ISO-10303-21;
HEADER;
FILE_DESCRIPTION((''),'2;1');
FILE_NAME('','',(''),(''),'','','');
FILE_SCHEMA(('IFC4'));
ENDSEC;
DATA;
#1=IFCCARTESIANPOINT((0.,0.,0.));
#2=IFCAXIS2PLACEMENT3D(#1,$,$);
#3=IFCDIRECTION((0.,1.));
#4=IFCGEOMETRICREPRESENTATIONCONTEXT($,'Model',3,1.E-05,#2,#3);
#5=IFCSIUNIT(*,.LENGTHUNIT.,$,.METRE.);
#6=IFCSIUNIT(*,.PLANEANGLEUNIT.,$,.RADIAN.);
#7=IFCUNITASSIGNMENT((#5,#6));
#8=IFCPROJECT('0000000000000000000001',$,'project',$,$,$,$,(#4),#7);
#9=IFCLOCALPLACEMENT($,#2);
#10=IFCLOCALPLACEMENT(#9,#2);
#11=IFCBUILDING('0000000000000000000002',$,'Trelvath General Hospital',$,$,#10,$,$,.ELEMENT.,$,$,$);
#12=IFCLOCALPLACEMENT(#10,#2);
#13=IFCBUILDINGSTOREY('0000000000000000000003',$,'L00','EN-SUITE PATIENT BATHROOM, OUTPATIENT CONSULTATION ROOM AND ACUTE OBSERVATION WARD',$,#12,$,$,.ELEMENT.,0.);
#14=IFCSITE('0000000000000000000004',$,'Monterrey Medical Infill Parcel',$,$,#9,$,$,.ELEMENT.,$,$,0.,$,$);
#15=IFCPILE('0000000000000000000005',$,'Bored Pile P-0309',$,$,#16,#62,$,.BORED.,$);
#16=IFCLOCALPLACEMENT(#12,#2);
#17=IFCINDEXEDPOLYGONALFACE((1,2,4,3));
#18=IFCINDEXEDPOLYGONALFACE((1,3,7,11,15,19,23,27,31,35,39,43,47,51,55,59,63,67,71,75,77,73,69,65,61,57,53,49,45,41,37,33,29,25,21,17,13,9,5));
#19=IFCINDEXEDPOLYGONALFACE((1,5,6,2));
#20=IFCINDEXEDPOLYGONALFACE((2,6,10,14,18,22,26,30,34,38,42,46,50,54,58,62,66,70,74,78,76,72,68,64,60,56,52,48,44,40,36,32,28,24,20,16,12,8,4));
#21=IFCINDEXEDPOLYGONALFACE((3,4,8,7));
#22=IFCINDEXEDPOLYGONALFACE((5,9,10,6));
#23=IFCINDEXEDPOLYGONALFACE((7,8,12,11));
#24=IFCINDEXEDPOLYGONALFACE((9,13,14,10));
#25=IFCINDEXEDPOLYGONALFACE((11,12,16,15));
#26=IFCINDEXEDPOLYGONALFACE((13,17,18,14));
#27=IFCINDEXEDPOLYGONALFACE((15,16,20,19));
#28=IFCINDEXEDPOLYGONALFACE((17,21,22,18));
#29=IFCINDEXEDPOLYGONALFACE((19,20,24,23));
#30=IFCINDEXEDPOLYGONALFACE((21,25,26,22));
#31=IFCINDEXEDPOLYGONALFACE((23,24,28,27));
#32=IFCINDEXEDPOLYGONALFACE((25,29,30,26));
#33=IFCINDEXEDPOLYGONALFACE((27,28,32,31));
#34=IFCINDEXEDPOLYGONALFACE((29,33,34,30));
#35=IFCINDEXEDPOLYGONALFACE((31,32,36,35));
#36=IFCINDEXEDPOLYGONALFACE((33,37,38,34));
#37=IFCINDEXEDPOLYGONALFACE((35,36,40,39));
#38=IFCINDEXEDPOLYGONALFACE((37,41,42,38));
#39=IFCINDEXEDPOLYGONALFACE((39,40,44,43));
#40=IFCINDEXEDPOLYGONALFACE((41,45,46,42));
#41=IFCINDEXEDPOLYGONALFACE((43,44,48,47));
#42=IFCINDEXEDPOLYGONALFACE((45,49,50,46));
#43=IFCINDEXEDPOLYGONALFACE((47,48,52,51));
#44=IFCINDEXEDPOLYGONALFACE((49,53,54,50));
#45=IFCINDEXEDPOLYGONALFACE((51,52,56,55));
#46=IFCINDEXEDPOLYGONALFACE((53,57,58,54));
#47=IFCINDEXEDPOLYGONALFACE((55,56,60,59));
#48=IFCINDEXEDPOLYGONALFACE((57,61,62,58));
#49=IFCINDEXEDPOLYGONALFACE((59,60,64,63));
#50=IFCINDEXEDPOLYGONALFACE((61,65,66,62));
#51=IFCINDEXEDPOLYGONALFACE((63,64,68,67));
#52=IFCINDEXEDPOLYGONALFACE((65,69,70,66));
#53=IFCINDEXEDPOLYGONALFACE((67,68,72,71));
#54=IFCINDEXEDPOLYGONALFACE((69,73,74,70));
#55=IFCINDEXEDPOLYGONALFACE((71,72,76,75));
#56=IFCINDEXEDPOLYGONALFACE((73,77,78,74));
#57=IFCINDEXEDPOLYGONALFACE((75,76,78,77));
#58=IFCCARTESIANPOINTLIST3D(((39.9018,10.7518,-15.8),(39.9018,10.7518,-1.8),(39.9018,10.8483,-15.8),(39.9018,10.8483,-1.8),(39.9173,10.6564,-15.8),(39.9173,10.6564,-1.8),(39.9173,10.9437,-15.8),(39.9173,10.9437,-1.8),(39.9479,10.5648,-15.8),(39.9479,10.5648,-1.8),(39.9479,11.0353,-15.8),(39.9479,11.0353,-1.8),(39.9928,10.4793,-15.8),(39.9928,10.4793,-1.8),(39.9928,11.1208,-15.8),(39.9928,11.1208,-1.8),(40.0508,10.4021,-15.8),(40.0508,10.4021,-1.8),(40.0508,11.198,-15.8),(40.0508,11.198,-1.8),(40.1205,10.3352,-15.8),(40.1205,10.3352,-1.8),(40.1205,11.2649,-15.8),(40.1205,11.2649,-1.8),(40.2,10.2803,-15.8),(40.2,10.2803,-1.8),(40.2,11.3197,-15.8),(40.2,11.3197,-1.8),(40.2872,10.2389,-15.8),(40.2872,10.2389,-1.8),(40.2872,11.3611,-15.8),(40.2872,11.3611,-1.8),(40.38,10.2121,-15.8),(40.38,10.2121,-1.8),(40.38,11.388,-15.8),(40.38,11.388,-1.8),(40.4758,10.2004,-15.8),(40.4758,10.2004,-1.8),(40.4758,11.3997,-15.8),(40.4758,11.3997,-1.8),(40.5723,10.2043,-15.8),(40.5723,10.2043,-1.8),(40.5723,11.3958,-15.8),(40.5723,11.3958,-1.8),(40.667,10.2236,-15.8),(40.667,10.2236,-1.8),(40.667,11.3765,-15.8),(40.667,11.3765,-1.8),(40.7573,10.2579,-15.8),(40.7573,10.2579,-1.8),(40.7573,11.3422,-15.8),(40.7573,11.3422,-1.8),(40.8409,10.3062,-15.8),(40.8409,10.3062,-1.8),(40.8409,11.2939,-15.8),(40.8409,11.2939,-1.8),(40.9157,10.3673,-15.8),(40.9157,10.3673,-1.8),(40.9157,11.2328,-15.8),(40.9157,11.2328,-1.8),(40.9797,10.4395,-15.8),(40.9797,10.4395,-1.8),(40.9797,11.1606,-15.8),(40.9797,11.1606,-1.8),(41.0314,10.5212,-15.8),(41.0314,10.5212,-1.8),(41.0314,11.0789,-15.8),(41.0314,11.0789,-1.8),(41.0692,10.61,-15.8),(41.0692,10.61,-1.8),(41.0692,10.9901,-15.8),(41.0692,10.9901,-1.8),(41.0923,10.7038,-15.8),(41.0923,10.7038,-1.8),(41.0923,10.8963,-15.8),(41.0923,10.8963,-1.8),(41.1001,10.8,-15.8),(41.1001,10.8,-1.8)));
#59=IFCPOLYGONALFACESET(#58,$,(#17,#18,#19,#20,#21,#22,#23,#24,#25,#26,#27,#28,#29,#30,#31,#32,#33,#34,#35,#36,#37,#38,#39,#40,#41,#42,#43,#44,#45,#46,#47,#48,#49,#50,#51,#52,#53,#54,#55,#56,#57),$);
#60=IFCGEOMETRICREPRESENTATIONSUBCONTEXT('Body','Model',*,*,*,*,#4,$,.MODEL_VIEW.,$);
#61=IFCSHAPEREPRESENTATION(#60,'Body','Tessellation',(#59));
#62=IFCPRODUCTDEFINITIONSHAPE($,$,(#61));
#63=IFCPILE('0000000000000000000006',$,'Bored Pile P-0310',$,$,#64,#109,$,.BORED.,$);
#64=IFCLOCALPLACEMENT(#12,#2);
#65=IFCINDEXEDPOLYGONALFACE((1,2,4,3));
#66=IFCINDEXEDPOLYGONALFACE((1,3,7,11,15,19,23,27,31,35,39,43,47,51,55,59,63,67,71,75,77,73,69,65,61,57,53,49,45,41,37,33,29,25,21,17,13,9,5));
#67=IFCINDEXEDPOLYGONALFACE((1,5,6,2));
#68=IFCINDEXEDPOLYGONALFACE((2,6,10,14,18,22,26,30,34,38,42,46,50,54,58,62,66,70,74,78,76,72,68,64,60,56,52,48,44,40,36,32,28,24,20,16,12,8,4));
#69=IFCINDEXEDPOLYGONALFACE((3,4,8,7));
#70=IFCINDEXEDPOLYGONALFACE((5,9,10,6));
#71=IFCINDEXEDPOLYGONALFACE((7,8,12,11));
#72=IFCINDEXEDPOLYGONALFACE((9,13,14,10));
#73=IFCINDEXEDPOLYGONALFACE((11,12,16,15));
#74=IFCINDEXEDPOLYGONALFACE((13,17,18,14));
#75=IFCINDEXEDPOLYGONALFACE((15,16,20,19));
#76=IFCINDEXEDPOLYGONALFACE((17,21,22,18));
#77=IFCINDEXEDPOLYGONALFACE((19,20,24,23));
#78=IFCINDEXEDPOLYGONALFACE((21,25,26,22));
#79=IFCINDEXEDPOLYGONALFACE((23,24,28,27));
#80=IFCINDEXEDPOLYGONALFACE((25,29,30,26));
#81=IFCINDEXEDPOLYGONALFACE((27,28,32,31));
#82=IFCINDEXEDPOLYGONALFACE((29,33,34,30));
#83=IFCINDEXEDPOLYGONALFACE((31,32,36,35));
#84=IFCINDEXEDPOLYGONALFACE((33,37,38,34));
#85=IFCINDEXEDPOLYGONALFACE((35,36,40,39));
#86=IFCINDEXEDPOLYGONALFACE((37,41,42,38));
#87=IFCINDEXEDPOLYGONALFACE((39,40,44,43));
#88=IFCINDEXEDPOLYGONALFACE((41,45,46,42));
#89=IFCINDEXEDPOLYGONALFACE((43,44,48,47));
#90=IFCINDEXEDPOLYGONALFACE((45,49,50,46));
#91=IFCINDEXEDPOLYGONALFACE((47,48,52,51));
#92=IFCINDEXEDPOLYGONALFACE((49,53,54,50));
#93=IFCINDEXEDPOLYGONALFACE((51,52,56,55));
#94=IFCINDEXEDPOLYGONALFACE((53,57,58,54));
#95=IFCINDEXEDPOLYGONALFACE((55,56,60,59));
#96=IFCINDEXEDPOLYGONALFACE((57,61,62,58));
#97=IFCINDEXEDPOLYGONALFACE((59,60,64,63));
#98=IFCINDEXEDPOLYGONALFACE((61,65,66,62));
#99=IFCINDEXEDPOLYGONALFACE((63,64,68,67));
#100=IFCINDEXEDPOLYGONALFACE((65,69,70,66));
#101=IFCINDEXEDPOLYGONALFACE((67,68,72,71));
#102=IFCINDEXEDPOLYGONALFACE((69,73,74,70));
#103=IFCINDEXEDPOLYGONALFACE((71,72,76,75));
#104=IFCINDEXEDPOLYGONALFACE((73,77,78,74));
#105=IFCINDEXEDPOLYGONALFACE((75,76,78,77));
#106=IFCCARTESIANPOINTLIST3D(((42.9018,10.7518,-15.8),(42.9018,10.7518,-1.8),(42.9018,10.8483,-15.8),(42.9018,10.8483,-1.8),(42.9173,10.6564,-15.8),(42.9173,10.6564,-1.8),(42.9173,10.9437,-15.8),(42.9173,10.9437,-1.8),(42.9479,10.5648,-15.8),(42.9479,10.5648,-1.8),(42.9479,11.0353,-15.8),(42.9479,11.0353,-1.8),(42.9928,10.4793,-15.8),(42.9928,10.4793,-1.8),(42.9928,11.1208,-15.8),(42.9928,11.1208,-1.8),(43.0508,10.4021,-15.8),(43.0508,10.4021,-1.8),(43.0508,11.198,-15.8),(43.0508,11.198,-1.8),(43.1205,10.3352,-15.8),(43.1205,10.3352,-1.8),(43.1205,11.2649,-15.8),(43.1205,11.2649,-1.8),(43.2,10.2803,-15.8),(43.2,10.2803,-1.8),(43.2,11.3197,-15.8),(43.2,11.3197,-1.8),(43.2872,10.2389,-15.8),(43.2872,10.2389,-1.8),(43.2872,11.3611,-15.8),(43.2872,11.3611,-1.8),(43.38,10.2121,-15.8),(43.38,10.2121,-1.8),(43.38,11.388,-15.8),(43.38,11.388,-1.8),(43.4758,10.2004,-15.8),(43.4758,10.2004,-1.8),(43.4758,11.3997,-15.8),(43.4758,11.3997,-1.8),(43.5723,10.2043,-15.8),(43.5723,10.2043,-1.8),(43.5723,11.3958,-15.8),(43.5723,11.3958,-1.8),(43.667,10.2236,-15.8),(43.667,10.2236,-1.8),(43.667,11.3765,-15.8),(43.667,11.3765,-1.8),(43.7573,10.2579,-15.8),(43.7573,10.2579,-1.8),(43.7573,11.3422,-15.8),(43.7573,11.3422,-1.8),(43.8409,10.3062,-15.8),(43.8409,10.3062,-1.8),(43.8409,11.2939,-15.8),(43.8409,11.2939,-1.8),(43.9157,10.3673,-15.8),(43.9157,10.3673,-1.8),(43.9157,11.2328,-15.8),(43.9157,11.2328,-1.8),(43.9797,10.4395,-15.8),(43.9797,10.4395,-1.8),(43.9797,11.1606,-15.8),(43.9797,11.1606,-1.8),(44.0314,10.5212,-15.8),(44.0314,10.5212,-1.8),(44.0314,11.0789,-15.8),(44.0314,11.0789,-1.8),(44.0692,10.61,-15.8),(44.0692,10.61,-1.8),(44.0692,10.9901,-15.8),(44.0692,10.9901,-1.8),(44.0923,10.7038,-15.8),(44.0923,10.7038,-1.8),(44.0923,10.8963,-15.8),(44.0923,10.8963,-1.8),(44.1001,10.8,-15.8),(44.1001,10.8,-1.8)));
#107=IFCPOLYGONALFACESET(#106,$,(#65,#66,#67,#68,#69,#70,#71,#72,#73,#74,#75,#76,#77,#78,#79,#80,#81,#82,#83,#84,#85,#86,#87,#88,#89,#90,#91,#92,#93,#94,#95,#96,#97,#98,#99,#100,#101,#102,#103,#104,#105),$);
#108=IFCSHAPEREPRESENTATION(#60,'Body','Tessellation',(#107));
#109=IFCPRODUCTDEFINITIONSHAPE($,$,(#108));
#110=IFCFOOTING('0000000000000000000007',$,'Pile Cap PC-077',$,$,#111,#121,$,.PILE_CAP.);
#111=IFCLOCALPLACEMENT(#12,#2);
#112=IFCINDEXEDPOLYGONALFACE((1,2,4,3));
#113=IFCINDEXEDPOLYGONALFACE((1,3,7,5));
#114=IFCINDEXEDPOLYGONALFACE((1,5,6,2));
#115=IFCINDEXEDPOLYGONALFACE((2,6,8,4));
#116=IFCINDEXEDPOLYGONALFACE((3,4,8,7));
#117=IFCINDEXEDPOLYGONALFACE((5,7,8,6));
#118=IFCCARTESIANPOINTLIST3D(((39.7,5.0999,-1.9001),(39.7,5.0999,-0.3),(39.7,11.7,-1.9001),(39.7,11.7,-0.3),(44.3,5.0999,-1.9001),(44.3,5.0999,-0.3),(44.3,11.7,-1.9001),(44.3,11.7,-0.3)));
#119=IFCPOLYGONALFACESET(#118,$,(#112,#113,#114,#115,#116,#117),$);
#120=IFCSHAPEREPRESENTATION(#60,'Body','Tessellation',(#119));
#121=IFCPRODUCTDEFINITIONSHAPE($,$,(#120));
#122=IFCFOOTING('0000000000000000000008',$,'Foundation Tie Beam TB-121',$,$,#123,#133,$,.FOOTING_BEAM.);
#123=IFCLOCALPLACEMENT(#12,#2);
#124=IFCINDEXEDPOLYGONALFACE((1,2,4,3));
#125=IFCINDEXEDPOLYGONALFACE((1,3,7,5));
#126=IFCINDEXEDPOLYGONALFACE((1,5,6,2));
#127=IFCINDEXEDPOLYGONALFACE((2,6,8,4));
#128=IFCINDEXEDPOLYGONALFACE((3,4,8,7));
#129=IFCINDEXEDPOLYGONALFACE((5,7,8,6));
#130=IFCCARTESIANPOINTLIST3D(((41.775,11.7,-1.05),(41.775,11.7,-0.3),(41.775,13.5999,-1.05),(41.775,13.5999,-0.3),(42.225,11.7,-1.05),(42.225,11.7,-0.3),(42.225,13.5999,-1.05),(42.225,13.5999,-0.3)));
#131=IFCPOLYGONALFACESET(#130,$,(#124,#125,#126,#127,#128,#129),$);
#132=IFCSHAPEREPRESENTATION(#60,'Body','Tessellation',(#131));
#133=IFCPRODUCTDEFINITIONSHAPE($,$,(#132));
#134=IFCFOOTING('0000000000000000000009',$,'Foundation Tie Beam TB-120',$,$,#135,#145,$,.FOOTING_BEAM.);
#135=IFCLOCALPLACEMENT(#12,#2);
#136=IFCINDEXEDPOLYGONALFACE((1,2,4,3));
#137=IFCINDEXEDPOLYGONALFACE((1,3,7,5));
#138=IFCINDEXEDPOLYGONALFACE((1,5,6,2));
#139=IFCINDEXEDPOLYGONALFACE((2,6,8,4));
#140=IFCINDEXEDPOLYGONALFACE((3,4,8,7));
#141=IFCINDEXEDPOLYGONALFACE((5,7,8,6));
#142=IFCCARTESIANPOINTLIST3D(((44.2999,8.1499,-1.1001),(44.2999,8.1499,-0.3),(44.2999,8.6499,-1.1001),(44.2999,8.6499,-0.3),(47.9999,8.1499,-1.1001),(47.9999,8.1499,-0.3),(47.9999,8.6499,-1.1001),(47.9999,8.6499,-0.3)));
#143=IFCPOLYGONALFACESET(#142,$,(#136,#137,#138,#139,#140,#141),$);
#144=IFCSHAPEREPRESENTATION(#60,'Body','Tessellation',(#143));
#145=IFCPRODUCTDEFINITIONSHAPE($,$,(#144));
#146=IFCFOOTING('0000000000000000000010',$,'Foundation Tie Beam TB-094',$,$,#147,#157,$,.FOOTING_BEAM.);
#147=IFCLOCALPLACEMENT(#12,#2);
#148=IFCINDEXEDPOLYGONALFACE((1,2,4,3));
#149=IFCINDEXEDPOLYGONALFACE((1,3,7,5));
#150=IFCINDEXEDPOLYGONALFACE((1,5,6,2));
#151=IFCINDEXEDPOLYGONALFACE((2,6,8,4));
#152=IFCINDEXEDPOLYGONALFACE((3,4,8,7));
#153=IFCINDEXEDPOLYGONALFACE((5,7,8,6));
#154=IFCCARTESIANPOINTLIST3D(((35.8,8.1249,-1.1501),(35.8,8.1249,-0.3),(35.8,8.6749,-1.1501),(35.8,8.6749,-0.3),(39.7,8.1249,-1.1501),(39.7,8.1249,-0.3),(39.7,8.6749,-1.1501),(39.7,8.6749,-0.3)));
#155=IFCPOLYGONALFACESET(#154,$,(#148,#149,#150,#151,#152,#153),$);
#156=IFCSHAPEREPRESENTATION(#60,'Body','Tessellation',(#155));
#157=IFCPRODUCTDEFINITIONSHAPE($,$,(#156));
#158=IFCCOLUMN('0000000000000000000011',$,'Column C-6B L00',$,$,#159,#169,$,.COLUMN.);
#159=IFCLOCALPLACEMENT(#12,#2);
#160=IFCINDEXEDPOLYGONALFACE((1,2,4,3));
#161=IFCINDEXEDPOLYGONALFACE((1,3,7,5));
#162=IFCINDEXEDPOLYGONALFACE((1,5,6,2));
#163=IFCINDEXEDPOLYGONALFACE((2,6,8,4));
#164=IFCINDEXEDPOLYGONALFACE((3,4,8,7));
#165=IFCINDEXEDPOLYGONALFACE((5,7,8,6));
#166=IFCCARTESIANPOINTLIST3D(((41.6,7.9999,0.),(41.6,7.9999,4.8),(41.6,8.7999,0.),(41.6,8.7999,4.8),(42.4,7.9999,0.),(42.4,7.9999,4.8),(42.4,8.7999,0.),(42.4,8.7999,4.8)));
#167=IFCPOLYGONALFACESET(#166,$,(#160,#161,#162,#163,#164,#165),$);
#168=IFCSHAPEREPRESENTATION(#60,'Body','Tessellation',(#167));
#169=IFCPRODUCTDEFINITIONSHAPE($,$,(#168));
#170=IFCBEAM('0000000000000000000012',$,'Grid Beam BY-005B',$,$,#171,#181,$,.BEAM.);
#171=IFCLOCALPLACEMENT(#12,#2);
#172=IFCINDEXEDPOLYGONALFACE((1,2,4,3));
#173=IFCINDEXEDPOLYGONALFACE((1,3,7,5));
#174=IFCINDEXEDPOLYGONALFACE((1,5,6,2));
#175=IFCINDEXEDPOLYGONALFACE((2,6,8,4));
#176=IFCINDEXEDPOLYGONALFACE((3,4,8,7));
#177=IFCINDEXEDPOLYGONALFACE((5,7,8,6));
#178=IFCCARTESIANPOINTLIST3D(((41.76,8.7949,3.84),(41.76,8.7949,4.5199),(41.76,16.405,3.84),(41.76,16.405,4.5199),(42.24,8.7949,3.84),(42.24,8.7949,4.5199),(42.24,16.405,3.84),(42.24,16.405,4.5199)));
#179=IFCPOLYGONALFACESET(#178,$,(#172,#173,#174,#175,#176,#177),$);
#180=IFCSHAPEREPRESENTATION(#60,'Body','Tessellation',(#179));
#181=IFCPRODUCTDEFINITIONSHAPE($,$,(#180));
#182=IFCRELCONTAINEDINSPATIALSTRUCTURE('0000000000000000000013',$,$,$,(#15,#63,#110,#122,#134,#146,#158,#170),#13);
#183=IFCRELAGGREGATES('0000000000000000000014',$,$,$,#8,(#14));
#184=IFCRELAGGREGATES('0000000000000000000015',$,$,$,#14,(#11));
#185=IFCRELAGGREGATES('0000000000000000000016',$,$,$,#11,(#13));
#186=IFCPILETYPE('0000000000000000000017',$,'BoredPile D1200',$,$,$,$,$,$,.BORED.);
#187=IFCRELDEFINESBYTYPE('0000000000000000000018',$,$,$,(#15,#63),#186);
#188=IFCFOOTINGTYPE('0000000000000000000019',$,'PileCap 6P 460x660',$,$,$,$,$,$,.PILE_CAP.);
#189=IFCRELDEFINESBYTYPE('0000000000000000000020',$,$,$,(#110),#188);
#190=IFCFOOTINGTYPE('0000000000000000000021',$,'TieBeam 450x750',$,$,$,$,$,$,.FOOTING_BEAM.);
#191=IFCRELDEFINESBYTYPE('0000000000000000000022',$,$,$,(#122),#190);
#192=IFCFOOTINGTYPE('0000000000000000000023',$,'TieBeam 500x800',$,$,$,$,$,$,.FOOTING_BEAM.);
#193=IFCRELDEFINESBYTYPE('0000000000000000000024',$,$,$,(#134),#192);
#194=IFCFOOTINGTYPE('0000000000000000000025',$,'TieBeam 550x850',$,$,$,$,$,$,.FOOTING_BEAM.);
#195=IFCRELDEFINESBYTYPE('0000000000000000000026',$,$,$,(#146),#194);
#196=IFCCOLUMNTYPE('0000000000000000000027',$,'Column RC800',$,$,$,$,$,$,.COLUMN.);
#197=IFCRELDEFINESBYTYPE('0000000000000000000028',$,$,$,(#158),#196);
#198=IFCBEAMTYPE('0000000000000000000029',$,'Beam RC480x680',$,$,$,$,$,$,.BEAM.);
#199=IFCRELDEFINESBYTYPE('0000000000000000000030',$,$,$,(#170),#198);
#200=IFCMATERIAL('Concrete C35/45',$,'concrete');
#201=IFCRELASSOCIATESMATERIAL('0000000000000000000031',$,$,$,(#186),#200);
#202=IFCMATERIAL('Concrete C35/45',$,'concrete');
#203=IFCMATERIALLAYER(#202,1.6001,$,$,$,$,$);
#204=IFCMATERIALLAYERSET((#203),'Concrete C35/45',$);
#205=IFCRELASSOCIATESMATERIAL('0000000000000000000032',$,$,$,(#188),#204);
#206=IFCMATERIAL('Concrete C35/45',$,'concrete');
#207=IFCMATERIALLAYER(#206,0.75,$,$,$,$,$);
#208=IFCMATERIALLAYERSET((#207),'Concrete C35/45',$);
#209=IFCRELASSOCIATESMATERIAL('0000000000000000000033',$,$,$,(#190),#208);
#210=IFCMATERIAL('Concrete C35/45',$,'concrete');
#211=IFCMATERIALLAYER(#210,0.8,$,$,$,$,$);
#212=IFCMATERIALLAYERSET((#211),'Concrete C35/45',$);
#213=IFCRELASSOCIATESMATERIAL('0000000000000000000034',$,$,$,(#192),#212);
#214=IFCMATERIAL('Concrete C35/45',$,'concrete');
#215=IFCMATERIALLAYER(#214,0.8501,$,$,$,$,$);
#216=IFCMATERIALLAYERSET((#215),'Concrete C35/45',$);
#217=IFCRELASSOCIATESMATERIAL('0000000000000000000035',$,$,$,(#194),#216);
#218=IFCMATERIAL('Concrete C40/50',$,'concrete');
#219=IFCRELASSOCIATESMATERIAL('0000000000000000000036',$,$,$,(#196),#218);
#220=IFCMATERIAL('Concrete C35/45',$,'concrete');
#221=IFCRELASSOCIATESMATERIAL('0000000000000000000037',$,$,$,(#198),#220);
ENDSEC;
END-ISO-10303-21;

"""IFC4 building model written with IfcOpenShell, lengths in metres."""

from ifc_helpers import new_model, si_unit, direction, frame, origin, origin_2d, place, context, subcontext, project, spatial, rectangle, circle, extrude, material, layer, layer_set, material_profile, profile_set, type_object, element, save


model = new_model("IFC4")

# Units and contexts
model_context = context("Model", 3, precision=1e-05, world=origin(), true_north=direction((0.0, 1.0)))
body_context = subcontext(model_context, "Body", "Model", "MODEL_VIEW")
ifc_project = project(units=[si_unit("LENGTHUNIT", "METRE"), si_unit("PLANEANGLEUNIT", "RADIAN")], contexts=[model_context])

# Site, building, storey
site_placement = place(None, origin())
site = spatial("IfcSite", under=ifc_project, at=site_placement, Name="Monterrey Medical Infill Parcel", CompositionType="ELEMENT", RefElevation=0.0)
building_placement = place(site_placement, origin())
building = spatial("IfcBuilding", under=site, at=building_placement, Name="Trelvath General Hospital", CompositionType="ELEMENT")
storey_placement = place(building_placement, origin())
storey = spatial("IfcBuildingStorey", under=building, at=storey_placement, Name="L00", Description="EN-SUITE PATIENT BATHROOM, OUTPATIENT CONSULTATION ROOM AND ACUTE OBSERVATION WARD", CompositionType="ELEMENT", Elevation=0.0)

# Piles
ifc_material_1 = material(Name="Concrete C35/45", Category="concrete")
ifc_material_profile_1 = material_profile(ifc_material_1, circle(Radius=0.6001, at=origin_2d()), Name="PILE1200")
ifc_profile_set_1 = profile_set([ifc_material_profile_1], Name="Concrete C35/45")
pile_type_1 = type_object("IfcPileType", Name="BoredPile D1200", PredefinedType="BORED", material=ifc_profile_set_1)
for number, where, z_axis, x_axis, name in (
    (1, (40.5, 10.8, -1.8), (0.0, 0.0, -1.0), (1.0, 0.0, 0.0), "Bored Pile P-0309"),
    (2, (43.5, 10.8, -1.8), (0.0, 0.0, -1.0), (1.0, 0.0, 0.0), "Bored Pile P-0310"),
):
    element("IfcPile", number, at=place(storey_placement, frame(where, z_axis=z_axis, x_axis=x_axis)), inside=storey, type_object=pile_type_1, Name=name, PredefinedType="BORED", context=body_context, shape_type="SweptSolid", body=[
        extrude(circle(Radius=0.6001, at=origin_2d()), origin(), (0.0, 0.0, 1.0), 14.0),
    ])

# Footings
ifc_material_2 = material(Name="Concrete C35/45", Category="concrete")
ifc_layer_1 = layer(ifc_material_2, 1.6001)
ifc_layer_set_1 = layer_set([ifc_layer_1], Name="Concrete C35/45")
footing_type_1 = type_object("IfcFootingType", Name="PileCap 6P 460x660", PredefinedType="PILE_CAP", material=ifc_layer_set_1)
footing_1_placement = place(storey_placement, frame((42.0, 8.3999, -1.9001), z_axis=(0.0, 0.0, 1.0), x_axis=(1.0, 0.0, 0.0)))
element("IfcFooting", 3, at=footing_1_placement, inside=storey, type_object=footing_type_1, Name="Pile Cap PC-077", PredefinedType="PILE_CAP", context=body_context, shape_type="SweptSolid", body=[
    extrude(rectangle(XDim=4.6001, YDim=6.6001, at=origin_2d()), origin(), (0.0, 0.0, 1.0), 1.6001),
])
ifc_material_3 = material(Name="Concrete C35/45", Category="concrete")
ifc_layer_2 = layer(ifc_material_3, 0.75)
ifc_layer_set_2 = layer_set([ifc_layer_2], Name="Concrete C35/45")
footing_type_2 = type_object("IfcFootingType", Name="TieBeam 450x750", PredefinedType="FOOTING_BEAM", material=ifc_layer_set_2)
footing_2_placement = place(storey_placement, frame((42.0, 12.6499, -1.05), z_axis=(0.0, 0.0, 1.0), x_axis=(1.0, 0.0, 0.0)))
element("IfcFooting", 4, at=footing_2_placement, inside=storey, type_object=footing_type_2, Name="Foundation Tie Beam TB-121", PredefinedType="FOOTING_BEAM", context=body_context, shape_type="SweptSolid", body=[
    extrude(rectangle(XDim=0.45, YDim=1.8999, at=origin_2d()), origin(), (0.0, 0.0, 1.0), 0.75),
])
ifc_material_4 = material(Name="Concrete C35/45", Category="concrete")
ifc_layer_3 = layer(ifc_material_4, 0.8)
ifc_layer_set_3 = layer_set([ifc_layer_3], Name="Concrete C35/45")
footing_type_3 = type_object("IfcFootingType", Name="TieBeam 500x800", PredefinedType="FOOTING_BEAM", material=ifc_layer_set_3)
footing_3_placement = place(storey_placement, frame((46.1499, 8.3999, -1.1001), z_axis=(0.0, 0.0, 1.0), x_axis=(1.0, 0.0, 0.0)))
element("IfcFooting", 5, at=footing_3_placement, inside=storey, type_object=footing_type_3, Name="Foundation Tie Beam TB-120", PredefinedType="FOOTING_BEAM", context=body_context, shape_type="SweptSolid", body=[
    extrude(rectangle(XDim=3.7, YDim=0.5, at=origin_2d()), origin(), (0.0, 0.0, 1.0), 0.8),
])
ifc_material_5 = material(Name="Concrete C35/45", Category="concrete")
ifc_layer_4 = layer(ifc_material_5, 0.8501)
ifc_layer_set_4 = layer_set([ifc_layer_4], Name="Concrete C35/45")
footing_type_4 = type_object("IfcFootingType", Name="TieBeam 550x850", PredefinedType="FOOTING_BEAM", material=ifc_layer_set_4)
footing_4_placement = place(storey_placement, frame((37.75, 8.3999, -1.1501), z_axis=(0.0, 0.0, 1.0), x_axis=(1.0, 0.0, 0.0)))
element("IfcFooting", 6, at=footing_4_placement, inside=storey, type_object=footing_type_4, Name="Foundation Tie Beam TB-094", PredefinedType="FOOTING_BEAM", context=body_context, shape_type="SweptSolid", body=[
    extrude(rectangle(XDim=3.8999, YDim=0.55, at=origin_2d()), origin(), (0.0, 0.0, 1.0), 0.8501),
])

# Column
ifc_material_6 = material(Name="Concrete C40/50", Category="concrete")
ifc_material_profile_2 = material_profile(ifc_material_6, rectangle(XDim=0.8, YDim=0.8, at=origin_2d()), Name="RC800x800")
ifc_profile_set_2 = profile_set([ifc_material_profile_2], Name="Concrete C40/50")
column_type = type_object("IfcColumnType", Name="Column RC800", PredefinedType="COLUMN", material=ifc_profile_set_2)
column_placement = place(storey_placement, frame((42.0, 8.3999, 0.0), z_axis=(0.0, 0.0, 1.0), x_axis=(1.0, 0.0, 0.0)))
element("IfcColumn", 7, at=column_placement, inside=storey, type_object=column_type, Name="Column C-6B L00", PredefinedType="COLUMN", context=body_context, shape_type="SweptSolid", body=[
    extrude(rectangle(XDim=0.8, YDim=0.8, at=origin_2d()), origin(), (0.0, 0.0, 1.0), 4.8),
])

# Beam
ifc_material_7 = material(Name="Concrete C35/45", Category="concrete")
ifc_material_profile_3 = material_profile(ifc_material_7, rectangle(XDim=0.48, YDim=0.6799, at=origin_2d()), Name="RCB480x680")
ifc_profile_set_3 = profile_set([ifc_material_profile_3], Name="Concrete C35/45")
beam_type_1 = type_object("IfcBeamType", Name="Beam RC480x680", PredefinedType="BEAM", material=ifc_profile_set_3)
beam_1_placement = place(storey_placement, frame((42.0, 8.7949, 4.1799), z_axis=(0.0, 1.0, 0.0), x_axis=(-1.0, 0.0, 0.0)))
element("IfcBeam", 8, at=beam_1_placement, inside=storey, type_object=beam_type_1, Name="Grid Beam BY-005B", PredefinedType="BEAM", context=body_context, shape_type="SweptSolid", body=[
    extrude(rectangle(XDim=0.48, YDim=0.6799, at=origin_2d()), origin(), (0.0, 0.0, 1.0), 7.6101),
])

save(model, "model.ifc")
